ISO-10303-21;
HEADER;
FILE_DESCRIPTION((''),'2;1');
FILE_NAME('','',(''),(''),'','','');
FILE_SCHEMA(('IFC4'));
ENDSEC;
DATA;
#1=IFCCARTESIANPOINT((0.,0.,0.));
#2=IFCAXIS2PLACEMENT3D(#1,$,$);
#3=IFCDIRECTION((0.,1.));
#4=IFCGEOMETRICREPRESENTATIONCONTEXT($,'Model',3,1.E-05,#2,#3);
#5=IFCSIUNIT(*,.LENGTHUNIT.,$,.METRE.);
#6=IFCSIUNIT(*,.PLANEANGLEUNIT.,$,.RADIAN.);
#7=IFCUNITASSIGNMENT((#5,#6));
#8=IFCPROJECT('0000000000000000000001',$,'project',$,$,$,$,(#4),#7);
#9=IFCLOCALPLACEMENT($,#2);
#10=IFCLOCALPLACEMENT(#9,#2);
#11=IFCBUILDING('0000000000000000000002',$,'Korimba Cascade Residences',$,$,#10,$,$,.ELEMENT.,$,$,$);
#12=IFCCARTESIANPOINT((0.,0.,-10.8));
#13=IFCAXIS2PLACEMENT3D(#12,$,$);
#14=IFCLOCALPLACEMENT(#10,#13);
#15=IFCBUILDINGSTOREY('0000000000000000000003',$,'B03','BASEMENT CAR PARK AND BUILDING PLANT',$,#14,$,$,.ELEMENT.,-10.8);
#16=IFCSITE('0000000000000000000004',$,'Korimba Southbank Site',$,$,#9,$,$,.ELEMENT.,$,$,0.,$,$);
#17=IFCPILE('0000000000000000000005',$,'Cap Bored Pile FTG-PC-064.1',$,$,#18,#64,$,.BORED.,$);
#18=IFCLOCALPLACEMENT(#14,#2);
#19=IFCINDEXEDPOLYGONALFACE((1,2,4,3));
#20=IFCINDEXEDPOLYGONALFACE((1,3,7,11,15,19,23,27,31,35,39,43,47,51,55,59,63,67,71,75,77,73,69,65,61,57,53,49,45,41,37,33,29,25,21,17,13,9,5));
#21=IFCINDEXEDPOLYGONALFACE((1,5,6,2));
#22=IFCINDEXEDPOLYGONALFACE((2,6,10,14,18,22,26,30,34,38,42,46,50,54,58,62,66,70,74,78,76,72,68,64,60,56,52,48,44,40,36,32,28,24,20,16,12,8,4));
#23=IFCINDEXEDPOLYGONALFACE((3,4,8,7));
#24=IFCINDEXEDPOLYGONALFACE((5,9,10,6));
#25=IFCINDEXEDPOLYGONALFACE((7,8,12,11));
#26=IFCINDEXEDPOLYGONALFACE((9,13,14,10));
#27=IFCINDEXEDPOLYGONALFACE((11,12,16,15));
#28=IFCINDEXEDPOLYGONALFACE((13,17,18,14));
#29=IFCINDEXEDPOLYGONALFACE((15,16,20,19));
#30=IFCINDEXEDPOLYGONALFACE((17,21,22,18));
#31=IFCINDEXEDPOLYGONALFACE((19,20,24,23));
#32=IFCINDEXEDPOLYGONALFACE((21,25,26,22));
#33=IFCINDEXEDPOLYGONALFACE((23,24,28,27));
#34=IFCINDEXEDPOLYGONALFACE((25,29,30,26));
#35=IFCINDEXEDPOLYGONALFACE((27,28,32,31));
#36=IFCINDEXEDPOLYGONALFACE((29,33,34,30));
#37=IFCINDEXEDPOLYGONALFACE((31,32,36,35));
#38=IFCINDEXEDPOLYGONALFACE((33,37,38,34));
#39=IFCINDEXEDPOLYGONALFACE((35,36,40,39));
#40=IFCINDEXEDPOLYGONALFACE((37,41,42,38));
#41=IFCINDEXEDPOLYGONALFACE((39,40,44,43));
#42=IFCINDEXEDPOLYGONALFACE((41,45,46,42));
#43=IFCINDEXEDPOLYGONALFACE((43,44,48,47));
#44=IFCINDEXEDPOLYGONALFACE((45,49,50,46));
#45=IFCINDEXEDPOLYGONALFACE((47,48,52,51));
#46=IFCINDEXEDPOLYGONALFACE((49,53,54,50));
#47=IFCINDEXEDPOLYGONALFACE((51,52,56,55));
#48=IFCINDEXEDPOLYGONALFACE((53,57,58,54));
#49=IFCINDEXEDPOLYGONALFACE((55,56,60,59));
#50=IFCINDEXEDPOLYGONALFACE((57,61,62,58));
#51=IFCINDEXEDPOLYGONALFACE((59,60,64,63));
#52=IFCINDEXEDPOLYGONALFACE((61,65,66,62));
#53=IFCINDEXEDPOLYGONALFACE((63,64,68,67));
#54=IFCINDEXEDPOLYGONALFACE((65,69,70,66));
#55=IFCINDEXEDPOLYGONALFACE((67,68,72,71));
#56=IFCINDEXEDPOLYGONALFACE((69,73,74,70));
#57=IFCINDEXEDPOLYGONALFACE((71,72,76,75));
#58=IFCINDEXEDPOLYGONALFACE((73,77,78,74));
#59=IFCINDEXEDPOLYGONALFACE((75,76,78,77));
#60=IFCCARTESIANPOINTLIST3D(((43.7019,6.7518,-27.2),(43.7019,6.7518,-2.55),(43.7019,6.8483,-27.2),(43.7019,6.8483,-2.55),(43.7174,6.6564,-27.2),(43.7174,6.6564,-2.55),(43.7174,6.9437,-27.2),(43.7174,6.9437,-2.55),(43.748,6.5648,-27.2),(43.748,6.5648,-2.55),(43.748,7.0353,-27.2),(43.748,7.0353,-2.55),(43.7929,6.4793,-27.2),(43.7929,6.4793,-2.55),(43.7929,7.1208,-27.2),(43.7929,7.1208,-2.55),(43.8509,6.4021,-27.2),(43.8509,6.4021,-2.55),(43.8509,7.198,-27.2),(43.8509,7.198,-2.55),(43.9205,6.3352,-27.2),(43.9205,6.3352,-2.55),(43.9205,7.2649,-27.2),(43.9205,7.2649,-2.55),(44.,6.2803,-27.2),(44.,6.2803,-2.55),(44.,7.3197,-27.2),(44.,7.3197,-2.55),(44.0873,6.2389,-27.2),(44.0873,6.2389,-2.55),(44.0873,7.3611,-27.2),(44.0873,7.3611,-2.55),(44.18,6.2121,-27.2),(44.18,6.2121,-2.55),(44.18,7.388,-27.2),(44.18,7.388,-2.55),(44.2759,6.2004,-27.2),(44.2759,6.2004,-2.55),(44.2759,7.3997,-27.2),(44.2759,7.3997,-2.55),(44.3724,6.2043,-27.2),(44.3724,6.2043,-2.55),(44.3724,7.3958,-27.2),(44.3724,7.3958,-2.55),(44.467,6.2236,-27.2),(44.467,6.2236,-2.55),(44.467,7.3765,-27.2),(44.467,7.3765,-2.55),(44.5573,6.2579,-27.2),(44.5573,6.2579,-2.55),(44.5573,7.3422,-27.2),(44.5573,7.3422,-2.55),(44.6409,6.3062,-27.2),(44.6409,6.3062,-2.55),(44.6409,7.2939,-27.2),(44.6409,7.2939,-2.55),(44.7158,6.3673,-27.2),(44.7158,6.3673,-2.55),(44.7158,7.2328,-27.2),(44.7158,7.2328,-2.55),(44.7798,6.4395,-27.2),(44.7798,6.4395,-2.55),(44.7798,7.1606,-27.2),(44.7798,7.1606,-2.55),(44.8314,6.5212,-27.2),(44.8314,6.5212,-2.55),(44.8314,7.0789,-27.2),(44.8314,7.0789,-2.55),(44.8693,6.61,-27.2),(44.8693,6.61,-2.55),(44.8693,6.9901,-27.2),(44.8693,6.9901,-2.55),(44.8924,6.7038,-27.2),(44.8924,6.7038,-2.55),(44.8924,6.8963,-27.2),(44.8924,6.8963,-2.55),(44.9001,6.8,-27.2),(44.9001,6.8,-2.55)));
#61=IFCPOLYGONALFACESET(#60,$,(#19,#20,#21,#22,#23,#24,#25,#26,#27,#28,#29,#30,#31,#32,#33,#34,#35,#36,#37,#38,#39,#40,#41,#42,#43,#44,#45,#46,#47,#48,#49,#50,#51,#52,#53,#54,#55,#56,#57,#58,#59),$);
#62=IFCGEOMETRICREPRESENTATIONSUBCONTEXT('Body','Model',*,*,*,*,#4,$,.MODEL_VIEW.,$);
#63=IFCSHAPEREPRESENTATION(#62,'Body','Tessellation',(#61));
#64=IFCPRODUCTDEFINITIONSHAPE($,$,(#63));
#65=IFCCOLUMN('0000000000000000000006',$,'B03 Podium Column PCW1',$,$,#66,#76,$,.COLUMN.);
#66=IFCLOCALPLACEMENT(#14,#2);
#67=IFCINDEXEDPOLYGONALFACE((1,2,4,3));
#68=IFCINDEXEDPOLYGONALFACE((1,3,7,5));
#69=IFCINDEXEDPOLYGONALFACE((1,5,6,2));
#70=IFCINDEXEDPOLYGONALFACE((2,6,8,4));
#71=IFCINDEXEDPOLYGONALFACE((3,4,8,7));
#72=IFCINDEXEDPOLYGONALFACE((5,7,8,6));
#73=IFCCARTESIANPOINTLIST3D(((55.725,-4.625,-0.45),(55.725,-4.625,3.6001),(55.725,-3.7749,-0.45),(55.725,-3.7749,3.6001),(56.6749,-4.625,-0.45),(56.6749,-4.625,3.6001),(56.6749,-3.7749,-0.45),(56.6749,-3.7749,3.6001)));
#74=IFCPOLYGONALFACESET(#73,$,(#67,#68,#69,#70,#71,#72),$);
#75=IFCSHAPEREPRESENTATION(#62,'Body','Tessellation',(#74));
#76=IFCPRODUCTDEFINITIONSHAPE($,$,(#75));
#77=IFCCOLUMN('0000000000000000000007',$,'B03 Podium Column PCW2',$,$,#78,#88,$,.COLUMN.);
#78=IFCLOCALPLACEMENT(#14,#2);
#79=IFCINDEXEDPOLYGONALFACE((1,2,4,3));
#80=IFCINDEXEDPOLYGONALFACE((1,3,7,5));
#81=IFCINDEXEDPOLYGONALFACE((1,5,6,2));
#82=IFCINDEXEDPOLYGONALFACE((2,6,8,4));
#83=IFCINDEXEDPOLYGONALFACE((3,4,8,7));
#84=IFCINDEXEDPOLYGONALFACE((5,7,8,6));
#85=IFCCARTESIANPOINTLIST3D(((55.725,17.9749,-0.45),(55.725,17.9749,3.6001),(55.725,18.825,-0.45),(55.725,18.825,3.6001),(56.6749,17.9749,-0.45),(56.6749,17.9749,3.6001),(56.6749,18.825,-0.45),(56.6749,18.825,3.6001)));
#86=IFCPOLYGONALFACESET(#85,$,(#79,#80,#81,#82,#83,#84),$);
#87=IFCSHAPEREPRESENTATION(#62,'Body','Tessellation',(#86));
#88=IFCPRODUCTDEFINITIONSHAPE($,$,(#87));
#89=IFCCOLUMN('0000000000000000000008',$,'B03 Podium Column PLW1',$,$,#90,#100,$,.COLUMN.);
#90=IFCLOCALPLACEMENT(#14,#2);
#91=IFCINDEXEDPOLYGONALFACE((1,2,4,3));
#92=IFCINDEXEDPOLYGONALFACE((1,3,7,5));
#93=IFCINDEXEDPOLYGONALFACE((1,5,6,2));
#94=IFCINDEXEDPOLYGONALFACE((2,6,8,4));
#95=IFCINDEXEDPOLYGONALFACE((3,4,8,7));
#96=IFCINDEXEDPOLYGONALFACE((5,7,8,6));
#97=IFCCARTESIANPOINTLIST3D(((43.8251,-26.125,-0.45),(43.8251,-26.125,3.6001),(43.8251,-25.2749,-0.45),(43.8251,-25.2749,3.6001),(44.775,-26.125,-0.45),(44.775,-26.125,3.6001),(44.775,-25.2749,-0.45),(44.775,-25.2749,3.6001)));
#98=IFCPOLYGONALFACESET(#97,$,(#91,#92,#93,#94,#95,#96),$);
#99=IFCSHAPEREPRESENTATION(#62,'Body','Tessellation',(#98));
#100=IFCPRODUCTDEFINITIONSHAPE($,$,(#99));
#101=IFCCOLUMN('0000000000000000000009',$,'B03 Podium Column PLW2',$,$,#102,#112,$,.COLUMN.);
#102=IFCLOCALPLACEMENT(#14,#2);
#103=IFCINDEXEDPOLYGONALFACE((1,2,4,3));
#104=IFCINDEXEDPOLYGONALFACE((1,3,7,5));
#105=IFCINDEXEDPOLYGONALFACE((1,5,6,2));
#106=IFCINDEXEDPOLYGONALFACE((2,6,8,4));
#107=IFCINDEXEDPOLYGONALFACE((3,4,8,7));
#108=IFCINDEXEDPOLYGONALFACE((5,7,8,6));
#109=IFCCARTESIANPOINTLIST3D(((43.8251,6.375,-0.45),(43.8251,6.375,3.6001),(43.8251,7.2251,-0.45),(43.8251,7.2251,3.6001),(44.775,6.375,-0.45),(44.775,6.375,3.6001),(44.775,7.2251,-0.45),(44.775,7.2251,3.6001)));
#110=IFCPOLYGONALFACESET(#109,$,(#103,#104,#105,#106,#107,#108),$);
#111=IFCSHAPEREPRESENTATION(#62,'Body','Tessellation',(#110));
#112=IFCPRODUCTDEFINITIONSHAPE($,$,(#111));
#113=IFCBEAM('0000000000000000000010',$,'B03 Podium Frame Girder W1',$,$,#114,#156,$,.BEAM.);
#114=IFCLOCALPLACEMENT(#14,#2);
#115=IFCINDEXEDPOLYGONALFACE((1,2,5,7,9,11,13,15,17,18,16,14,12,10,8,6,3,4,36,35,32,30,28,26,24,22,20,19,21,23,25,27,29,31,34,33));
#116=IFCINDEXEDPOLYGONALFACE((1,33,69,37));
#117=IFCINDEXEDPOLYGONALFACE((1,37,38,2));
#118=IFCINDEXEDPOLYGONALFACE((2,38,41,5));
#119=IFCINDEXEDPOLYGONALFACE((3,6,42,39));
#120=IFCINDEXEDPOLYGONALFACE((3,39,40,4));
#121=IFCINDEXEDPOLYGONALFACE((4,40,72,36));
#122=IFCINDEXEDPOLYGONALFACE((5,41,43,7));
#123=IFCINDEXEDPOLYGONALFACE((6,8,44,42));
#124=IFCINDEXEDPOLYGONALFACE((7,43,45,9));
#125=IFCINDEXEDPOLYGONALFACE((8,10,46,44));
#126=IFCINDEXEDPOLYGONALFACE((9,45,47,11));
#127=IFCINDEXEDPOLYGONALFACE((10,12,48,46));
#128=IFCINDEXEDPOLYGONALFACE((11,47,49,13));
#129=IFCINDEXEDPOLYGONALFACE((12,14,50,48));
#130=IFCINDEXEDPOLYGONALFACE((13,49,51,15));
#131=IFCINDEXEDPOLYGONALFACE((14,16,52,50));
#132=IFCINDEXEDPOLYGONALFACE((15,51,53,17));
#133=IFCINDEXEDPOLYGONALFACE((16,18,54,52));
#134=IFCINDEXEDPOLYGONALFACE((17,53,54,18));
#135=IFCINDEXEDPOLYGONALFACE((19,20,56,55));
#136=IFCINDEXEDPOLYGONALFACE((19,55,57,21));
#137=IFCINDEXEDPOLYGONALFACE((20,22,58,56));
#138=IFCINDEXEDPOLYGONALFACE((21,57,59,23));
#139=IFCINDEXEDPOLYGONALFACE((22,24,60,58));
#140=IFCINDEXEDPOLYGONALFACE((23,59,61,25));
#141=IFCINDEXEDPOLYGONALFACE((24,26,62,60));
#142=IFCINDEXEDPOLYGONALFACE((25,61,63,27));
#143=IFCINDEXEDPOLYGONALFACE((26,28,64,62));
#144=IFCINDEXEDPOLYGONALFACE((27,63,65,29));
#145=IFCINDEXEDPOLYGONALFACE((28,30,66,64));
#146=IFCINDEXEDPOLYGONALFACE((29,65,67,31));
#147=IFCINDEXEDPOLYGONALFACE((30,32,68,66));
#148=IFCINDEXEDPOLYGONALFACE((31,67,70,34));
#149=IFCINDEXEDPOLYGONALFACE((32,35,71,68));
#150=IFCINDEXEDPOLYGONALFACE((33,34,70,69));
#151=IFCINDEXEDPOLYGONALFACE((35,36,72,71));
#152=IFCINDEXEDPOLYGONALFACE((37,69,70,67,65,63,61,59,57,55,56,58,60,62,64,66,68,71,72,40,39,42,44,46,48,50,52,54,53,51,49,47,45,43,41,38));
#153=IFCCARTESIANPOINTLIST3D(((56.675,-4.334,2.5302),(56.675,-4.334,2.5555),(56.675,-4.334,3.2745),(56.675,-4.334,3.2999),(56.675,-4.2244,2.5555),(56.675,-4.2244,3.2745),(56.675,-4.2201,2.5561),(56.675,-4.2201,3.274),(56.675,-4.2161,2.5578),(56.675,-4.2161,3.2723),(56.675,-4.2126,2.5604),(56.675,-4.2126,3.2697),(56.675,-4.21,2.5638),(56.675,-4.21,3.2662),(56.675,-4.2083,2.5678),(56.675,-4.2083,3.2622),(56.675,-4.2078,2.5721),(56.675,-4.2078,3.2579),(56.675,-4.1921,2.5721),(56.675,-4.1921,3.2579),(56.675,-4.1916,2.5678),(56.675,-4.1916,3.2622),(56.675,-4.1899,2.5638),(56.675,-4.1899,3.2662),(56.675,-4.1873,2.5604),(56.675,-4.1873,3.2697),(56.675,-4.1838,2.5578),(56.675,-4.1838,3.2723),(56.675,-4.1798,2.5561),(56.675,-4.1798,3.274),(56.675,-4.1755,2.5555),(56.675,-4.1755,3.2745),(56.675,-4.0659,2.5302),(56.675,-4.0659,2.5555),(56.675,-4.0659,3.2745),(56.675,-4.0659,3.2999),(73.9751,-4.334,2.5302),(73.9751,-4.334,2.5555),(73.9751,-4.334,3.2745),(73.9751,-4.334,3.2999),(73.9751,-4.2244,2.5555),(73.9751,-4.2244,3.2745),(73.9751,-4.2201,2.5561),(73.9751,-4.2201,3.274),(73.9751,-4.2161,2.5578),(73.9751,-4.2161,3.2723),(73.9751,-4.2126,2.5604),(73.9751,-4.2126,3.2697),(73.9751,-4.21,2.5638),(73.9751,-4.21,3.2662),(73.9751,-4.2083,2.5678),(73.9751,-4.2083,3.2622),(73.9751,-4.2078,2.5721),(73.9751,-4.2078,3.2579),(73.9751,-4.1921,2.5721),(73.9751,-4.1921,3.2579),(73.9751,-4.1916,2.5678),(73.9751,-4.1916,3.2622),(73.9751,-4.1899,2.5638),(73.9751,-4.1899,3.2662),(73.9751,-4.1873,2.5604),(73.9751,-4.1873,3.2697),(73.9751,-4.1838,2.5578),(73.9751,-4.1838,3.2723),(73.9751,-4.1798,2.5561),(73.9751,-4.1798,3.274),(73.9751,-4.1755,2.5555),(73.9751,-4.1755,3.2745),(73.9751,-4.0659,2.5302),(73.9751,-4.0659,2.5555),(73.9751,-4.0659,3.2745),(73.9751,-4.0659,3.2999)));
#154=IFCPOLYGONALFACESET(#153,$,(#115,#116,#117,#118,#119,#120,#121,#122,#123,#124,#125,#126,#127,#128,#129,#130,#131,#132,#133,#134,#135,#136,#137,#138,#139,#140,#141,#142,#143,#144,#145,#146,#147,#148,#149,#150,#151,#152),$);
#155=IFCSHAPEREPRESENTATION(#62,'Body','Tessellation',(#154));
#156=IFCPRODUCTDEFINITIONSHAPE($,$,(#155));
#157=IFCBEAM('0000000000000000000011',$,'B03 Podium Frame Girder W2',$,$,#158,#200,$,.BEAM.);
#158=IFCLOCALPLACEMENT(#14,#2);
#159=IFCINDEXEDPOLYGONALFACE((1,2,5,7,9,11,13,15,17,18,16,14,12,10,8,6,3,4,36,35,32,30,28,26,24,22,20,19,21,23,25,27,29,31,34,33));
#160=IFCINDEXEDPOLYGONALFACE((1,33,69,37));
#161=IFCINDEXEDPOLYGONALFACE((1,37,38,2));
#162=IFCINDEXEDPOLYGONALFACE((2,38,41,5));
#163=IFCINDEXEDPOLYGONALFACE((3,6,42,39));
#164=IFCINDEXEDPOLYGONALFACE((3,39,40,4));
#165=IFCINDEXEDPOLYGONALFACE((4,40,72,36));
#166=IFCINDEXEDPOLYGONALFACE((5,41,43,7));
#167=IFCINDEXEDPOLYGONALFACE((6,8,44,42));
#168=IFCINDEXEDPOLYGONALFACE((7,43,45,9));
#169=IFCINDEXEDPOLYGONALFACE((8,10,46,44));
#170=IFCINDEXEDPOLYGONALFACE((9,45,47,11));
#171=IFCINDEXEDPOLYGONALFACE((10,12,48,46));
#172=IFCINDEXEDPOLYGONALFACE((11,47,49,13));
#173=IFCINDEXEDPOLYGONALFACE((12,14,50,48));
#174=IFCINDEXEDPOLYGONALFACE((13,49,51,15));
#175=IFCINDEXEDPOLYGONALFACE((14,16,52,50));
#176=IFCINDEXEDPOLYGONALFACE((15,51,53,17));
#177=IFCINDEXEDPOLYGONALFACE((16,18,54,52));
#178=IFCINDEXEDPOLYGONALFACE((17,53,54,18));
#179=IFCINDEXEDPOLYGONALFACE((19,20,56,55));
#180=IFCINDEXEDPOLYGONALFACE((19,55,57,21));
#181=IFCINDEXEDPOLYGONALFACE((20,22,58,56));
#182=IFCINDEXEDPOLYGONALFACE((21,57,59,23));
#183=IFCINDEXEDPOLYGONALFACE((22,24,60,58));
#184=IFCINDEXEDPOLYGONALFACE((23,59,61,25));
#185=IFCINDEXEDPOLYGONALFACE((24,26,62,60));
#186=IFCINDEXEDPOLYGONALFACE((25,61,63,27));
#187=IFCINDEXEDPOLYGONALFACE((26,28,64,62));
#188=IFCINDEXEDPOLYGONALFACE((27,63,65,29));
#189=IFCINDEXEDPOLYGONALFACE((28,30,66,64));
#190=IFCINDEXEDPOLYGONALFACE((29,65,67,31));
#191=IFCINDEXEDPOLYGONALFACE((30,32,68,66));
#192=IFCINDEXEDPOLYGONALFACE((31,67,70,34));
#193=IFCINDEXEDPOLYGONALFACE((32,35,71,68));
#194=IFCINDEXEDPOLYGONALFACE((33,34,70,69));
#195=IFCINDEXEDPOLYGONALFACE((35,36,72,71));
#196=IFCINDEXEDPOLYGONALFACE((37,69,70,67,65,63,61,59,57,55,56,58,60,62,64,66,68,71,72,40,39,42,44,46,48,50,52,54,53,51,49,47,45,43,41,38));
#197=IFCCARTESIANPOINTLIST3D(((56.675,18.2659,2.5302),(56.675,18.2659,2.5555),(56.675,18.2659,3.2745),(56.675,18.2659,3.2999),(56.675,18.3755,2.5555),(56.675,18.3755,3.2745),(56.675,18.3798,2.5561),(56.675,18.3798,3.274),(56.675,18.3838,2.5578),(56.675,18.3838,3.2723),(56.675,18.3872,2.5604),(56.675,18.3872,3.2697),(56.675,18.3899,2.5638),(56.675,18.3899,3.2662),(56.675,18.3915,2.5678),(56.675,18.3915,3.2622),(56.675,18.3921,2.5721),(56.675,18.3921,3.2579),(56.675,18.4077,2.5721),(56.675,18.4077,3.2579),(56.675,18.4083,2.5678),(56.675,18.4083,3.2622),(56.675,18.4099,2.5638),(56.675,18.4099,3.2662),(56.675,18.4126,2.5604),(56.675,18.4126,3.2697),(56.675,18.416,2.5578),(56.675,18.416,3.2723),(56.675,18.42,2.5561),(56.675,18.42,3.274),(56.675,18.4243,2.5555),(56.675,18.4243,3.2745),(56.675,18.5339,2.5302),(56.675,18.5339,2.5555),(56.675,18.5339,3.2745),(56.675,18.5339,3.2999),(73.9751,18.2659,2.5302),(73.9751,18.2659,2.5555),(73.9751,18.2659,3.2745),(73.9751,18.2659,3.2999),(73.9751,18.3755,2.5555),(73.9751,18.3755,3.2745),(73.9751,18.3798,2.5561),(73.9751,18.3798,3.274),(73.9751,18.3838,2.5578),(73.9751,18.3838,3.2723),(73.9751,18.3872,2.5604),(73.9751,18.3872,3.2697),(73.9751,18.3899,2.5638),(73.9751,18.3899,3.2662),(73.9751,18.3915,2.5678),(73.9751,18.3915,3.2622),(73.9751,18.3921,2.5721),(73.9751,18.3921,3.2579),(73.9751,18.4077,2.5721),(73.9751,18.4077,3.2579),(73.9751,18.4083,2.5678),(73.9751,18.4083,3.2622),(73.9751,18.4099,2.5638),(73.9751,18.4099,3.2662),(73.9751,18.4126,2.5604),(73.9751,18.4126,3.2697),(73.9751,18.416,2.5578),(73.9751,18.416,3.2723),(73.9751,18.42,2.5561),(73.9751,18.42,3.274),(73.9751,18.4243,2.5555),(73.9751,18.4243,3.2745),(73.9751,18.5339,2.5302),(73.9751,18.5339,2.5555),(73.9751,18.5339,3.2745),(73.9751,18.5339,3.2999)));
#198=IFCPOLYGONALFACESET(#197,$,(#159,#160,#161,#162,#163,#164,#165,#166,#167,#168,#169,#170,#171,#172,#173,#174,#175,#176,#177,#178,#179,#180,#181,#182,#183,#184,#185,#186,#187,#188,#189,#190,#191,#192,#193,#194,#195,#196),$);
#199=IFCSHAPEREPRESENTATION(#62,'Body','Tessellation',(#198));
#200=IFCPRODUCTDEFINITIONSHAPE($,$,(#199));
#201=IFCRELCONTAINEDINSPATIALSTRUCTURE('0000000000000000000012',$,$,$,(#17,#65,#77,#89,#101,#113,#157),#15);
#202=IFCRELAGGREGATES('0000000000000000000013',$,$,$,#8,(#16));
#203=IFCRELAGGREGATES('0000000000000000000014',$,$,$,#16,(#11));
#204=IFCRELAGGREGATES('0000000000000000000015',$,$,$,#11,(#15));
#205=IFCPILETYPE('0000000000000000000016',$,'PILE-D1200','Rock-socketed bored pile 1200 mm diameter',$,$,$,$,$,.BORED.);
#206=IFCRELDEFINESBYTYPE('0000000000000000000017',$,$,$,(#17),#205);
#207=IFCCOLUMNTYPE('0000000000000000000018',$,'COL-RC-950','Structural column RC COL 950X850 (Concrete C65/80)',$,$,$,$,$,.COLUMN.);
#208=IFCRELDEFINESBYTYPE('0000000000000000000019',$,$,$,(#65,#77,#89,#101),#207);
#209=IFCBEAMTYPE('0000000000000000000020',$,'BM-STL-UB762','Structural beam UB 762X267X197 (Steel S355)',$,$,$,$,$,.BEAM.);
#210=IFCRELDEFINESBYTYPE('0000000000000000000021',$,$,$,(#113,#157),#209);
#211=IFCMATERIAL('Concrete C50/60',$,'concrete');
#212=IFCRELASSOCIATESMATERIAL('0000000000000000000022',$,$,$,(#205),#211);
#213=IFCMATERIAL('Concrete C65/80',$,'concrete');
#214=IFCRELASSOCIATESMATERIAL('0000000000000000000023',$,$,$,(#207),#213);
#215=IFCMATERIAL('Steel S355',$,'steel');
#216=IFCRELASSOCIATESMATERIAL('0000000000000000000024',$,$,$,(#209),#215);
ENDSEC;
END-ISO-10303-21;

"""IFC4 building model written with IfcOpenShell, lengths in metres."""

from ifc_helpers import new_model, si_unit, direction, frame, origin, origin_2d, place, context, subcontext, project, spatial, rectangle, circle, i_section, extrude, material, material_profile, profile_set, type_object, element, save


model = new_model("IFC4")

# Units and contexts
model_context = context("Model", 3, precision=1e-05, world=origin(), true_north=direction((0.0, 1.0)))
body_context = subcontext(model_context, "Body", "Model", "MODEL_VIEW")
ifc_project = project(units=[si_unit("LENGTHUNIT", "METRE"), si_unit("PLANEANGLEUNIT", "RADIAN")], contexts=[model_context])

# Site, building, storey
site_placement = place(None, origin())
site = spatial("IfcSite", under=ifc_project, at=site_placement, Name="Korimba Southbank Site", CompositionType="ELEMENT", RefElevation=0.0)
building_placement = place(site_placement, origin())
building = spatial("IfcBuilding", under=site, at=building_placement, Name="Korimba Cascade Residences", CompositionType="ELEMENT")
storey_placement = place(building_placement, frame((0.0, 0.0, -10.8)))
storey = spatial("IfcBuildingStorey", under=building, at=storey_placement, Name="B03", Description="BASEMENT CAR PARK AND BUILDING PLANT", CompositionType="ELEMENT", Elevation=-10.8)

# Pile
ifc_material_1 = material(Name="Concrete C50/60", Category="concrete")
ifc_material_profile_1 = material_profile(ifc_material_1, circle(Radius=0.6001, at=origin_2d()), Name="Concrete C50/60")
ifc_profile_set_1 = profile_set([ifc_material_profile_1], Name="Concrete C50/60")
pile_type = type_object("IfcPileType", Name="PILE-D1200", Description="Rock-socketed bored pile 1200 mm diameter", PredefinedType="BORED", material=ifc_profile_set_1)
for number, where, z_axis, x_axis, name in (
    (1, (44.3, 6.8, -2.55), (0.0, 0.0, -1.0), (1.0, 0.0, 0.0), "Cap Bored Pile FTG-PC-064.1"),
):
    element("IfcPile", number, at=place(storey_placement, frame(where, z_axis=z_axis, x_axis=x_axis)), inside=storey, type_object=pile_type, Name=name, PredefinedType="BORED", context=body_context, shape_type="SweptSolid", body=[
        extrude(circle(Radius=0.6001, at=origin_2d()), origin(), (0.0, 0.0, 1.0), 24.6499),
    ])

# Columns
ifc_material_2 = material(Name="Concrete C65/80", Category="concrete")
ifc_material_profile_2 = material_profile(ifc_material_2, rectangle(XDim=0.95, YDim=0.8501, at=origin_2d()), Name="Concrete C65/80")
ifc_profile_set_2 = profile_set([ifc_material_profile_2], Name="Concrete C65/80")
column_type = type_object("IfcColumnType", Name="COL-RC-950", Description="Structural column RC COL 950X850 (Concrete C65/80)", PredefinedType="COLUMN", material=ifc_profile_set_2)
for number, where, z_axis, x_axis, name in (
    (2, (56.2, -4.2, -0.45), (0.0, 0.0, 1.0), (1.0, 0.0, 0.0), "B03 Podium Column PCW1"),
    (3, (56.2, 18.3999, -0.45), (0.0, 0.0, 1.0), (1.0, 0.0, 0.0), "B03 Podium Column PCW2"),
    (4, (44.3, -25.7, -0.45), (0.0, 0.0, 1.0), (1.0, 0.0, 0.0), "B03 Podium Column PLW1"),
    (5, (44.3, 6.8, -0.45), (0.0, 0.0, 1.0), (1.0, 0.0, 0.0), "B03 Podium Column PLW2"),
):
    element("IfcColumn", number, at=place(storey_placement, frame(where, z_axis=z_axis, x_axis=x_axis)), inside=storey, type_object=column_type, Name=name, PredefinedType="COLUMN", context=body_context, shape_type="SweptSolid", body=[
        extrude(rectangle(XDim=0.95, YDim=0.8501, at=origin_2d()), origin(), (0.0, 0.0, 1.0), 4.05),
    ])

# Beams
ifc_material_3 = material(Name="Steel S355", Category="steel")
ifc_material_profile_3 = material_profile(ifc_material_3, i_section(OverallWidth=0.2681, OverallDepth=0.7698, WebThickness=0.0156, FlangeThickness=0.0254, FilletRadius=0.0166, at=origin_2d()), Name="Steel S355")
ifc_profile_set_3 = profile_set([ifc_material_profile_3], Name="Steel S355")
beam_type = type_object("IfcBeamType", Name="BM-STL-UB762", Description="Structural beam UB 762X267X197 (Steel S355)", PredefinedType="BEAM", material=ifc_profile_set_3)
for number, where, z_axis, x_axis, name in (
    (6, (56.675, -4.2, 2.915), (1.0, 0.0, 0.0), (0.0, 1.0, 0.0), "B03 Podium Frame Girder W1"),
    (7, (56.675, 18.3999, 2.915), (1.0, 0.0, 0.0), (0.0, 1.0, 0.0), "B03 Podium Frame Girder W2"),
):
    element("IfcBeam", number, at=place(storey_placement, frame(where, z_axis=z_axis, x_axis=x_axis)), inside=storey, type_object=beam_type, Name=name, PredefinedType="BEAM", context=body_context, shape_type="SweptSolid", body=[
        extrude(i_section(OverallWidth=0.2681, OverallDepth=0.7698, WebThickness=0.0156, FlangeThickness=0.0254, FilletRadius=0.0166, at=origin_2d()), origin(), (0.0, 0.0, 1.0), 17.3),
    ])

save(model, "model.ifc")
